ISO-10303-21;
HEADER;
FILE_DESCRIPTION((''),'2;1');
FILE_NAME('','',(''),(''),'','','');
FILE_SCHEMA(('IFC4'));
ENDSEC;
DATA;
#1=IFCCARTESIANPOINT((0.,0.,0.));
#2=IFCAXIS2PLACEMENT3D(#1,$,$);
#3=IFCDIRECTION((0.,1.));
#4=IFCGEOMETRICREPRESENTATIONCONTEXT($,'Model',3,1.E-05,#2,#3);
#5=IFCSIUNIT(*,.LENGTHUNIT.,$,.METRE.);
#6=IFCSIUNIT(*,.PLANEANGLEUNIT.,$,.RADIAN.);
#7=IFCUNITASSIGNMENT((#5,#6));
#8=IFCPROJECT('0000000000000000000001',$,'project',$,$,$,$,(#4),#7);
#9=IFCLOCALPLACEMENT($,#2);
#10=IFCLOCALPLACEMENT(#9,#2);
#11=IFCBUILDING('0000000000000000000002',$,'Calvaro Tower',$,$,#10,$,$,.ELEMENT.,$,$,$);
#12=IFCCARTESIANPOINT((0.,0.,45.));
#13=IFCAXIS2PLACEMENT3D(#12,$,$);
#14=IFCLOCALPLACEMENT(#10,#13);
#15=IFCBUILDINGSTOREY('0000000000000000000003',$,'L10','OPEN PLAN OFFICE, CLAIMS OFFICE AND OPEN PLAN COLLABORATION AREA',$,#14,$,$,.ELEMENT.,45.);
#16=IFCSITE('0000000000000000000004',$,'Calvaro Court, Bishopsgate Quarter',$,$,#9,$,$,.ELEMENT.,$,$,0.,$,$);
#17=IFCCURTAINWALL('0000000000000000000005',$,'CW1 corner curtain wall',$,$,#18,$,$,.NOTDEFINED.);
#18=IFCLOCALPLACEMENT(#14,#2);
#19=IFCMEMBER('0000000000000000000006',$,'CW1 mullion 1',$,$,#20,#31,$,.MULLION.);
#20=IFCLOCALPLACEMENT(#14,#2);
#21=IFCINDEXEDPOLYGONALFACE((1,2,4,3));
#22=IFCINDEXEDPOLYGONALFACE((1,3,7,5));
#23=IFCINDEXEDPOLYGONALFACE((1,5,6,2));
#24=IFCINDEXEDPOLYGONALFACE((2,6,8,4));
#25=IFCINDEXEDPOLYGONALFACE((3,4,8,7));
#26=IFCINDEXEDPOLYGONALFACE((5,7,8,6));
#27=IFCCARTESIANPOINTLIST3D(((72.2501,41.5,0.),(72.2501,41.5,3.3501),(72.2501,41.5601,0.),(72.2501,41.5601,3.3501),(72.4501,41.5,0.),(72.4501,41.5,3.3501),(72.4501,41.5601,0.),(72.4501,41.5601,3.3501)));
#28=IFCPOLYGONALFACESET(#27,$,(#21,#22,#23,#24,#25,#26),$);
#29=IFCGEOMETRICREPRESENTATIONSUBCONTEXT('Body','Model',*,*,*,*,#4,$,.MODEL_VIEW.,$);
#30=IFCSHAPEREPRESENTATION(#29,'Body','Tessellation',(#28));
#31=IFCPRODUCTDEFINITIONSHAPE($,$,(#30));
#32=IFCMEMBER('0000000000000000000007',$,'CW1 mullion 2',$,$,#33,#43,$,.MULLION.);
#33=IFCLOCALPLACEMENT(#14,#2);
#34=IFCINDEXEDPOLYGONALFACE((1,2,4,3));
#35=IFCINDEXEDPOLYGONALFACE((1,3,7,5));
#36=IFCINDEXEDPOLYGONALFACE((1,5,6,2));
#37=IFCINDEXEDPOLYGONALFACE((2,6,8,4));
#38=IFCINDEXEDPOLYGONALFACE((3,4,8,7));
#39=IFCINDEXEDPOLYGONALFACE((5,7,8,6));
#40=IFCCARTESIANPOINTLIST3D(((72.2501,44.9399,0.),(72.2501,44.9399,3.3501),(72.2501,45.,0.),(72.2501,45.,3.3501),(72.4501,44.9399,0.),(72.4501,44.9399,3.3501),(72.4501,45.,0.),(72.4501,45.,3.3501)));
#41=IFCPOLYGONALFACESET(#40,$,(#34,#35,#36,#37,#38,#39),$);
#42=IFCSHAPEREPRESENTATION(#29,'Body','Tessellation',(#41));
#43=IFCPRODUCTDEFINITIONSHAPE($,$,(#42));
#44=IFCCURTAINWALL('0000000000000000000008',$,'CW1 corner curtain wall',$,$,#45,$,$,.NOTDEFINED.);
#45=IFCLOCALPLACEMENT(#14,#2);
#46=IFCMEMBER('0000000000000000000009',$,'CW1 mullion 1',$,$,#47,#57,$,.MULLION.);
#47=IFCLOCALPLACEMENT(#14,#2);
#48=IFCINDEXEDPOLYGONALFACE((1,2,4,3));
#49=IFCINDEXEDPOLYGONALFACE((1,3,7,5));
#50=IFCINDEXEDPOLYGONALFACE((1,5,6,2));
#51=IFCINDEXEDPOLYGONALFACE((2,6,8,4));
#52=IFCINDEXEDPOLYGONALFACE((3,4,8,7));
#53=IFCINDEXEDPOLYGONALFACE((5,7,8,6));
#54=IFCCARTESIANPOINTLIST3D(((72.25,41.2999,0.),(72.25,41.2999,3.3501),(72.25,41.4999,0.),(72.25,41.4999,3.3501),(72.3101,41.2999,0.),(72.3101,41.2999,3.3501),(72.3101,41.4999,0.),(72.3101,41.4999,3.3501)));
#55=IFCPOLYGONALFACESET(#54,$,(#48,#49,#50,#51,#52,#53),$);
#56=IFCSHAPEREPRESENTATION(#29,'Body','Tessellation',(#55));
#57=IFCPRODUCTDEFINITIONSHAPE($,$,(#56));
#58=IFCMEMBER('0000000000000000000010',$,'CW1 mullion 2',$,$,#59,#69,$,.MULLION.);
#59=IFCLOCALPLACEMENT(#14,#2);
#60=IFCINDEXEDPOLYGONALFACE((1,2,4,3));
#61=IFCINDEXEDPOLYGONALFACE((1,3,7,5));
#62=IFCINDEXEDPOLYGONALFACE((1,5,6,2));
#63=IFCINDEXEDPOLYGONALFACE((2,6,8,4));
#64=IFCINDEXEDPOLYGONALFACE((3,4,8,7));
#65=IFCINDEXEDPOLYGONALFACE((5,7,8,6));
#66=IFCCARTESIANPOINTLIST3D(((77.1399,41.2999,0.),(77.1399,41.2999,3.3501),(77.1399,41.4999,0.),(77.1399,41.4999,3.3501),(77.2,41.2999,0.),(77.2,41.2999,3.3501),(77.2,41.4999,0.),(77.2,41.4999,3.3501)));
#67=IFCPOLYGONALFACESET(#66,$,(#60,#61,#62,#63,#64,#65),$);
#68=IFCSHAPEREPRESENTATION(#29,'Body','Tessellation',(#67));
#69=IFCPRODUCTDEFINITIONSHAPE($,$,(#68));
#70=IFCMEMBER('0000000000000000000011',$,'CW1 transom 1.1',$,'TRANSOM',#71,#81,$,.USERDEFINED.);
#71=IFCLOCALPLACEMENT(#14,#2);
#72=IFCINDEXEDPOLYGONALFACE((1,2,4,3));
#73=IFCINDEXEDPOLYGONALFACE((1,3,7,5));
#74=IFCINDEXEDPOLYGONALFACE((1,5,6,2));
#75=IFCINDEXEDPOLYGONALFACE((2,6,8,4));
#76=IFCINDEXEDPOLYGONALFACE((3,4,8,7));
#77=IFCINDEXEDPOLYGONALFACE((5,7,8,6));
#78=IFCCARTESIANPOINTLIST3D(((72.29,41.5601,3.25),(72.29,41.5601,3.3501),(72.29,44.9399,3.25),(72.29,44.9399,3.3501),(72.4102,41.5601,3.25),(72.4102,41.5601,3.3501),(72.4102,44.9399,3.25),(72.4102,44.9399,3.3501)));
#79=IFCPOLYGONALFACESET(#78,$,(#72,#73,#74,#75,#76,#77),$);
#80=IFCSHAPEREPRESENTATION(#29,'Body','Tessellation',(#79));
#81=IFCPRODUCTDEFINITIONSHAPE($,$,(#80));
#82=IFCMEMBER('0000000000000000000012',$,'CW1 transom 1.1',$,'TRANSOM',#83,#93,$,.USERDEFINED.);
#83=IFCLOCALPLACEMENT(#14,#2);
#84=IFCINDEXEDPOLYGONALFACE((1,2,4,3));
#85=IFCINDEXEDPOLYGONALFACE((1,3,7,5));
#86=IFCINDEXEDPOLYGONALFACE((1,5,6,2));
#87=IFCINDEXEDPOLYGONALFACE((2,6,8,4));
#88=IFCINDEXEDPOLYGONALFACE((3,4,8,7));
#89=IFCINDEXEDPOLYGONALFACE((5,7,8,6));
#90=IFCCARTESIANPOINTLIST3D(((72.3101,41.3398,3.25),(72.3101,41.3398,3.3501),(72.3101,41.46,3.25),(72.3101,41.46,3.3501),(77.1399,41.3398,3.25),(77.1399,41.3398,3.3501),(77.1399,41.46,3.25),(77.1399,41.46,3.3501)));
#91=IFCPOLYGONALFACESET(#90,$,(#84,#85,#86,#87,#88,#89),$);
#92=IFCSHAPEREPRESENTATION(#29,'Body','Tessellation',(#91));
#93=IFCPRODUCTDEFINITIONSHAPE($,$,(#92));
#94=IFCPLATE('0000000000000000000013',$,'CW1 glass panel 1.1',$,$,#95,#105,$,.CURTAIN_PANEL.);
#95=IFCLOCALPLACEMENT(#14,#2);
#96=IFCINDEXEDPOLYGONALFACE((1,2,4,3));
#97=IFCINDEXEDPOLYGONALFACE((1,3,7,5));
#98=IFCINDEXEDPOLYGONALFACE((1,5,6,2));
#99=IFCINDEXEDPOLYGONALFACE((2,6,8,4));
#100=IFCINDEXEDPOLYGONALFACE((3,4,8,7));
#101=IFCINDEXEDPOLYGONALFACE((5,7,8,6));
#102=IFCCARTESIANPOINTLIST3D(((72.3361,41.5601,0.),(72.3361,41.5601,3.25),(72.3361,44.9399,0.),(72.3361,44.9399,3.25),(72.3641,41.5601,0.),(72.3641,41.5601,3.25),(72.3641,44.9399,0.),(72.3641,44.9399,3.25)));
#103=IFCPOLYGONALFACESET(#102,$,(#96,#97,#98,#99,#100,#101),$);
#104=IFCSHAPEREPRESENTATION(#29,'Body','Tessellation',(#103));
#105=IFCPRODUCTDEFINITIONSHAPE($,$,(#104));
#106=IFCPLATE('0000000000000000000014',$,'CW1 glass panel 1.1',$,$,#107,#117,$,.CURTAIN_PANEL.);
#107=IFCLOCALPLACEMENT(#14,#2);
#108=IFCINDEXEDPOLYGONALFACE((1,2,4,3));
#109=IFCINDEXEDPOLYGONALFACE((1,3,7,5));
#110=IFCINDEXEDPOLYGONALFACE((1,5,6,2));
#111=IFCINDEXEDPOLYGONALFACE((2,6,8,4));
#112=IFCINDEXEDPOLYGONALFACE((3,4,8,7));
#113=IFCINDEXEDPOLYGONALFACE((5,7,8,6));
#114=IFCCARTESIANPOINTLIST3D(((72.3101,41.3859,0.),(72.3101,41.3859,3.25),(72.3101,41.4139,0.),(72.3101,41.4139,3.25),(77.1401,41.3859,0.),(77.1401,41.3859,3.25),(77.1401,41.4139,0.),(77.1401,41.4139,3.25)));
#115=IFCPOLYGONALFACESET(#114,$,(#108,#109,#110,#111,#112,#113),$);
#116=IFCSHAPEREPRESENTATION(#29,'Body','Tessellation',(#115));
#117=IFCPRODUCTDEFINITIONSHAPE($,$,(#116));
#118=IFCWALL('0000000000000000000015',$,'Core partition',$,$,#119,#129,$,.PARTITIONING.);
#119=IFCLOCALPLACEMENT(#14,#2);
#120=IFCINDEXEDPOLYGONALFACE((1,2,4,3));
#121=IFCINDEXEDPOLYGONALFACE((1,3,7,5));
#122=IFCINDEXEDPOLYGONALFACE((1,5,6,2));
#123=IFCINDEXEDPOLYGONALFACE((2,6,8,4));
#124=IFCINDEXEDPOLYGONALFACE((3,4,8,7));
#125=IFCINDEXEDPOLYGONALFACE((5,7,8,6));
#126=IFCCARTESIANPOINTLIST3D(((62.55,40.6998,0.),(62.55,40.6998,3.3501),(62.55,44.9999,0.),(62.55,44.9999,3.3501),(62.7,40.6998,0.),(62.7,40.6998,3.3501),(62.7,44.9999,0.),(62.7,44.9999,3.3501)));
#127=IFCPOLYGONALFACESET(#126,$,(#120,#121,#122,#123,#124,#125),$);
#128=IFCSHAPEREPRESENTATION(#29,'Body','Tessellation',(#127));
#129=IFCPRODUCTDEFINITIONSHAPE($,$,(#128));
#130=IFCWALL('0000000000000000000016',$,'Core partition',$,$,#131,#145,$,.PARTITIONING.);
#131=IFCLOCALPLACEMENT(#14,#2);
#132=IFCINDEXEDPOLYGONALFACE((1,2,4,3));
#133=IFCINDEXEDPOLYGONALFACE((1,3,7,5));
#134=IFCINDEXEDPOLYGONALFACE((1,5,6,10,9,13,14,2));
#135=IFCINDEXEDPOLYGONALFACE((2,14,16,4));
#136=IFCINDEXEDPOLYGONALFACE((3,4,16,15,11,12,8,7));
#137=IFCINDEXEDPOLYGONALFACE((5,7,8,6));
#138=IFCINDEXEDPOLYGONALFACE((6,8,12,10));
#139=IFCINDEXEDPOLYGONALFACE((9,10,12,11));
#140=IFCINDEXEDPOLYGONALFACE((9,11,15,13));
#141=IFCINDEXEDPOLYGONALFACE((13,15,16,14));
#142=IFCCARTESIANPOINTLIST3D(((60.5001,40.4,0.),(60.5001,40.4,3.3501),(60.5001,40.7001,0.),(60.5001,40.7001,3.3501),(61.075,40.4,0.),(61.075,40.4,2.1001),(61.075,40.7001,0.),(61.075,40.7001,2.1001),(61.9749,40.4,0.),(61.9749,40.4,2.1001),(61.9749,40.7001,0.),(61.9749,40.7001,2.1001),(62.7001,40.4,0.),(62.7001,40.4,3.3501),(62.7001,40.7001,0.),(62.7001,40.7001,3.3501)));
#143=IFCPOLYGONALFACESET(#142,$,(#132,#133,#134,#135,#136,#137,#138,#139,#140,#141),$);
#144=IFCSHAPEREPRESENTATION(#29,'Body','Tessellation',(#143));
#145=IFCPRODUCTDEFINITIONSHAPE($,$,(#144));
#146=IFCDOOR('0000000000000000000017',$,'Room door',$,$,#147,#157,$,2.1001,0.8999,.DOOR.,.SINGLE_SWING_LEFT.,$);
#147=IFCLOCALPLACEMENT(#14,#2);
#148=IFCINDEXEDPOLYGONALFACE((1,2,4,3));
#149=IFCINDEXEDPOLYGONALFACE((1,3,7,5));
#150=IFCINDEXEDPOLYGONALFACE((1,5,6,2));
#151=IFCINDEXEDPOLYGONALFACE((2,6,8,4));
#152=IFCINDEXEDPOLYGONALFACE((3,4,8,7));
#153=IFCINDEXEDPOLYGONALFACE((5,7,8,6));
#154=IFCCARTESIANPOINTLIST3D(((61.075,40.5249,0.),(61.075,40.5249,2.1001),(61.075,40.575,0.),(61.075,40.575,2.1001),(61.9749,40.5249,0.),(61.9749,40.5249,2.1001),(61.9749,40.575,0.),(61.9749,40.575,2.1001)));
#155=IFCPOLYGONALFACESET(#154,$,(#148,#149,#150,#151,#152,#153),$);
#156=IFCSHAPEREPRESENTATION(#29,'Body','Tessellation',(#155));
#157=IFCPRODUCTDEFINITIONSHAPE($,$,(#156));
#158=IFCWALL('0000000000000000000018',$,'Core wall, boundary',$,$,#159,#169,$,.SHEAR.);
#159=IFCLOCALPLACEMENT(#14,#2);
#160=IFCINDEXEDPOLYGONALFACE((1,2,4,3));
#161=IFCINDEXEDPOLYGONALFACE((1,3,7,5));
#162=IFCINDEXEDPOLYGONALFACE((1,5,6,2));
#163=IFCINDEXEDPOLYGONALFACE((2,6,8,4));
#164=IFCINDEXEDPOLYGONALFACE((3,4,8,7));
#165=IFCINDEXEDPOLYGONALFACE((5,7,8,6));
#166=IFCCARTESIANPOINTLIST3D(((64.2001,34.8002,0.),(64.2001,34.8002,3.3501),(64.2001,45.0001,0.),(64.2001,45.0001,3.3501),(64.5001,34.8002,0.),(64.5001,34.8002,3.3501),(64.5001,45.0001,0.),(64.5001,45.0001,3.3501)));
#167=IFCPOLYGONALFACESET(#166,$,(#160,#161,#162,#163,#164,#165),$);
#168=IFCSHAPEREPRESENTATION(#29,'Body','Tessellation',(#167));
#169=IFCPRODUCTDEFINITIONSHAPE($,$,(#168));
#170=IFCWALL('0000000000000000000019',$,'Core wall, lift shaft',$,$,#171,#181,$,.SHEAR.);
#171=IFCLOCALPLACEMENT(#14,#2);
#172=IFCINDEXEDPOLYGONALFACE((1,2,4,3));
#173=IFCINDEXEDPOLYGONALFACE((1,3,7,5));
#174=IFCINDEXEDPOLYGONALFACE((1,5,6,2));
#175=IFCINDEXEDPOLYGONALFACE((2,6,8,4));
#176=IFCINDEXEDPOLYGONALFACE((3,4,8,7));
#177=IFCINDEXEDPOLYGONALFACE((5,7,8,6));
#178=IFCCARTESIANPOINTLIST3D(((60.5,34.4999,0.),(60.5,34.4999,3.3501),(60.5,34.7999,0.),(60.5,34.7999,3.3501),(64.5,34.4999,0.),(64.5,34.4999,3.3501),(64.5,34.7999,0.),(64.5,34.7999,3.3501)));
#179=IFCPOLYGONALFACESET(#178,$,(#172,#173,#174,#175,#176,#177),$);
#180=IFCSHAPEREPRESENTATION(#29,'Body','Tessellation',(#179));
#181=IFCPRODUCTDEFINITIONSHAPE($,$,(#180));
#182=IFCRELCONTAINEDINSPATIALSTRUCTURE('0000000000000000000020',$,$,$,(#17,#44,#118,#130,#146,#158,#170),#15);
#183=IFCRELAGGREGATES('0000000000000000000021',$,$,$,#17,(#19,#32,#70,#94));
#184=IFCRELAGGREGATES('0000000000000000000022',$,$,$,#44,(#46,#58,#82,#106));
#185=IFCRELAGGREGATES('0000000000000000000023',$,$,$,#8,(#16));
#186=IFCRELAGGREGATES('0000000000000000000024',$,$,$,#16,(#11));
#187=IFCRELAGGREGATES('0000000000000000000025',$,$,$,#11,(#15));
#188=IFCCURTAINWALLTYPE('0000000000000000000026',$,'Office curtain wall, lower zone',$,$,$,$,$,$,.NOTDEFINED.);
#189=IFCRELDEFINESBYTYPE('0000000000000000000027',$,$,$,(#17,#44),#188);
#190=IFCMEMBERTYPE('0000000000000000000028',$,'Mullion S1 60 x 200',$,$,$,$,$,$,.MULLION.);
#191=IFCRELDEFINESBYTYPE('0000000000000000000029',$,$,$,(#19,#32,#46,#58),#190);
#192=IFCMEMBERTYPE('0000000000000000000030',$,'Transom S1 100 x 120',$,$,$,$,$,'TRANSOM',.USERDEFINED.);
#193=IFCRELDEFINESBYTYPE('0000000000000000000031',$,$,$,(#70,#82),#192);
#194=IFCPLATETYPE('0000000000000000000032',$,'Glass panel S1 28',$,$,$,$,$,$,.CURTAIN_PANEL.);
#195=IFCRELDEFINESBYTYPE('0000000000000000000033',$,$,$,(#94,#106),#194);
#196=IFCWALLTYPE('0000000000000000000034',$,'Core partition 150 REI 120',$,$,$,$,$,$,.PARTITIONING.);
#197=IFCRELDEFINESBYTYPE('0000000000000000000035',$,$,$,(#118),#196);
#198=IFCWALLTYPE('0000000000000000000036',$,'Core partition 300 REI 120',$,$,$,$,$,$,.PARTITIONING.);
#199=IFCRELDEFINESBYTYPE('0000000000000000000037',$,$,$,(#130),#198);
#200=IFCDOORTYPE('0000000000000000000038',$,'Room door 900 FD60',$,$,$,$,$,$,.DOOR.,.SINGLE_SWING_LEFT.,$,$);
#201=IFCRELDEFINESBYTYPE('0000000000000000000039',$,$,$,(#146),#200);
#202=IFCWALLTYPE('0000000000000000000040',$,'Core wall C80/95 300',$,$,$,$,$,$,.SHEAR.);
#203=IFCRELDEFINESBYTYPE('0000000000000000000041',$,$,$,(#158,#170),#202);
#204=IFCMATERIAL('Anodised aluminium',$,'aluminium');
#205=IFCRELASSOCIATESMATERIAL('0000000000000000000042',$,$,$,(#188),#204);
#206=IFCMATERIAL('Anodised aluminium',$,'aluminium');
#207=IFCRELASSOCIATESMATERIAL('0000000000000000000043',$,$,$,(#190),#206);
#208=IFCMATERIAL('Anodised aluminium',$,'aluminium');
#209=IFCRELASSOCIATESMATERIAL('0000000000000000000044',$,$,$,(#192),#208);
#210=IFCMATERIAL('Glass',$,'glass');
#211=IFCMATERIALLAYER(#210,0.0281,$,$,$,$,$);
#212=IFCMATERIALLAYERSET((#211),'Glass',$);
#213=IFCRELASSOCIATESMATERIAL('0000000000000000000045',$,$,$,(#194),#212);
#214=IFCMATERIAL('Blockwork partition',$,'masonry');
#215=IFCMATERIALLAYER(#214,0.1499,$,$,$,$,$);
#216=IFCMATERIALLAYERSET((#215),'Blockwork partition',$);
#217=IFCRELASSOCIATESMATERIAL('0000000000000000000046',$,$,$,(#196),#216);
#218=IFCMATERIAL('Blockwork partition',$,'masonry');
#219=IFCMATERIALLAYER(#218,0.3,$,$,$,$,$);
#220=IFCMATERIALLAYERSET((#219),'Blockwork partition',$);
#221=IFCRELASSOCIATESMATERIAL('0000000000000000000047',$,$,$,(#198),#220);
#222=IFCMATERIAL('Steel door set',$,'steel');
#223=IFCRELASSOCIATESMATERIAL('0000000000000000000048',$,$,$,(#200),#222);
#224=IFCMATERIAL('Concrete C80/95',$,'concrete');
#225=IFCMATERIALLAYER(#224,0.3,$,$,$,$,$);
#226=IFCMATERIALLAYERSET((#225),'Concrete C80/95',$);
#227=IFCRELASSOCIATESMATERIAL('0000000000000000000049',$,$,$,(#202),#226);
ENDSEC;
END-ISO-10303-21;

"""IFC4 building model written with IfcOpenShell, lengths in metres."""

from ifc_helpers import new_model, si_unit, direction, frame, frame_2d, origin, origin_2d, place, context, subcontext, project, spatial, rectangle, extrude, material, layer, layer_set, material_profile, profile_set, type_object, element, fill, aggregate, save


model = new_model("IFC4")

# Units and contexts
model_context = context("Model", 3, precision=1e-05, world=origin(), true_north=direction((0.0, 1.0)))
body_context = subcontext(model_context, "Body", "Model", "MODEL_VIEW")
ifc_project = project(units=[si_unit("LENGTHUNIT", "METRE"), si_unit("PLANEANGLEUNIT", "RADIAN")], contexts=[model_context])

# Site, building, storey
site_placement = place(None, origin())
site = spatial("IfcSite", under=ifc_project, at=site_placement, Name="Calvaro Court, Bishopsgate Quarter", CompositionType="ELEMENT", RefElevation=0.0)
building_placement = place(site_placement, origin())
building = spatial("IfcBuilding", under=site, at=building_placement, Name="Calvaro Tower", CompositionType="ELEMENT")
storey_placement = place(building_placement, frame((0.0, 0.0, 45.0)))
storey = spatial("IfcBuildingStorey", under=building, at=storey_placement, Name="L10", Description="OPEN PLAN OFFICE, CLAIMS OFFICE AND OPEN PLAN COLLABORATION AREA", CompositionType="ELEMENT", Elevation=45.0)

# Curtain walls, members
ifc_material_1 = material(Name="Anodised aluminium", Category="aluminium")
curtain_wall_type = type_object("IfcCurtainWallType", Name="Office curtain wall, lower zone", PredefinedType="NOTDEFINED", material=ifc_material_1)
curtain_wall_1_placement = place(storey_placement, origin())
curtain_wall_1 = element("IfcCurtainWall", 1, at=curtain_wall_1_placement, inside=storey, type_object=curtain_wall_type, Name="CW1 corner curtain wall", PredefinedType="NOTDEFINED")
ifc_material_2 = material(Name="Anodised aluminium", Category="aluminium")
ifc_material_profile_1 = material_profile(ifc_material_2, rectangle(XDim=0.2, YDim=0.0601, at=origin_2d()), Name="Mullion S1 60 x 200")
ifc_profile_set_1 = profile_set([ifc_material_profile_1], Name="Anodised aluminium")
member_type_1 = type_object("IfcMemberType", Name="Mullion S1 60 x 200", PredefinedType="MULLION", material=ifc_profile_set_1)
member_1_placement = place(storey_placement, frame((72.3501, 41.53, 0.0), z_axis=(0.0, 0.0, 1.0), x_axis=(-1.0, 0.0, 0.0)))
member_1 = element("IfcMember", 2, at=member_1_placement, type_object=member_type_1, Name="CW1 mullion 1", PredefinedType="MULLION", context=body_context, shape_type="SweptSolid", body=[
    extrude(rectangle(XDim=0.2, YDim=0.0601, at=origin_2d()), origin(), (0.0, 0.0, 1.0), 3.3501),
])
member_2_placement = place(storey_placement, frame((72.3501, 44.97, 0.0), z_axis=(0.0, 0.0, 1.0), x_axis=(-1.0, 0.0, 0.0)))
member_2 = element("IfcMember", 3, at=member_2_placement, type_object=member_type_1, Name="CW1 mullion 2", PredefinedType="MULLION", context=body_context, shape_type="SweptSolid", body=[
    extrude(rectangle(XDim=0.2, YDim=0.0601, at=origin_2d()), origin(), (0.0, 0.0, 1.0), 3.3501),
])
curtain_wall_2_placement = place(storey_placement, origin())
curtain_wall_2 = element("IfcCurtainWall", 4, at=curtain_wall_2_placement, inside=storey, type_object=curtain_wall_type, Name="CW1 corner curtain wall", PredefinedType="NOTDEFINED")
member_3_placement = place(storey_placement, frame((72.28, 41.3999, 0.0), z_axis=(0.0, 0.0, 1.0), x_axis=(0.0, 1.0, 0.0)))
member_3 = element("IfcMember", 5, at=member_3_placement, type_object=member_type_1, Name="CW1 mullion 1", PredefinedType="MULLION", context=body_context, shape_type="SweptSolid", body=[
    extrude(rectangle(XDim=0.2, YDim=0.0601, at=origin_2d()), origin(), (0.0, 0.0, 1.0), 3.3501),
])
member_4_placement = place(storey_placement, frame((77.1699, 41.3999, 0.0), z_axis=(0.0, 0.0, 1.0), x_axis=(0.0, 1.0, 0.0)))
member_4 = element("IfcMember", 6, at=member_4_placement, type_object=member_type_1, Name="CW1 mullion 2", PredefinedType="MULLION", context=body_context, shape_type="SweptSolid", body=[
    extrude(rectangle(XDim=0.2, YDim=0.0601, at=origin_2d()), origin(), (0.0, 0.0, 1.0), 3.3501),
])

# Members
ifc_material_3 = material(Name="Anodised aluminium", Category="aluminium")
ifc_material_profile_2 = material_profile(ifc_material_3, rectangle(XDim=0.1201, YDim=0.1001, at=origin_2d()), Name="Transom S1 100 x 120")
ifc_profile_set_2 = profile_set([ifc_material_profile_2], Name="Anodised aluminium")
member_type_2 = type_object("IfcMemberType", Name="Transom S1 100 x 120", ElementType="TRANSOM", PredefinedType="USERDEFINED", material=ifc_profile_set_2)
member_5_placement = place(storey_placement, frame((72.3501, 41.5601, 3.3), z_axis=(0.0, 1.0, 0.0), x_axis=(-1.0, 0.0, 0.0)))
member_5 = element("IfcMember", 7, at=member_5_placement, type_object=member_type_2, Name="CW1 transom 1.1", ObjectType="TRANSOM", PredefinedType="USERDEFINED", context=body_context, shape_type="SweptSolid", body=[
    extrude(rectangle(XDim=0.1201, YDim=0.1001, at=origin_2d()), origin(), (0.0, 0.0, 1.0), 3.3799),
])
member_6_placement = place(storey_placement, frame((72.3101, 41.3999, 3.3), z_axis=(1.0, 0.0, 0.0), x_axis=(0.0, 1.0, 0.0)))
member_6 = element("IfcMember", 8, at=member_6_placement, type_object=member_type_2, Name="CW1 transom 1.1", ObjectType="TRANSOM", PredefinedType="USERDEFINED", context=body_context, shape_type="SweptSolid", body=[
    extrude(rectangle(XDim=0.1201, YDim=0.1001, at=origin_2d()), origin(), (0.0, 0.0, 1.0), 4.8298),
])

# Plates
ifc_material_4 = material(Name="Glass", Category="glass")
ifc_layer_1 = layer(ifc_material_4, 0.0281)
ifc_layer_set_1 = layer_set([ifc_layer_1], Name="Glass")
plate_type = type_object("IfcPlateType", Name="Glass panel S1 28", PredefinedType="CURTAIN_PANEL", material=ifc_layer_set_1)
plate_1_placement = place(storey_placement, frame((72.3501, 43.25, 0.0), z_axis=(0.0, 0.0, 1.0), x_axis=(0.0, 1.0, 0.0)))
plate_1 = element("IfcPlate", 9, at=plate_1_placement, type_object=plate_type, Name="CW1 glass panel 1.1", PredefinedType="CURTAIN_PANEL", context=body_context, shape_type="SweptSolid", body=[
    extrude(rectangle(XDim=3.3799, YDim=0.0281, at=origin_2d()), origin(), (0.0, 0.0, 1.0), 3.25),
])
aggregate(curtain_wall_1, [member_1, member_2, member_5, plate_1])
plate_2_placement = place(storey_placement, frame((74.7251, 41.3999, 0.0), z_axis=(0.0, 0.0, 1.0), x_axis=(1.0, 0.0, 0.0)))
plate_2 = element("IfcPlate", 10, at=plate_2_placement, type_object=plate_type, Name="CW1 glass panel 1.1", PredefinedType="CURTAIN_PANEL", context=body_context, shape_type="SweptSolid", body=[
    extrude(rectangle(XDim=4.8301, YDim=0.0281, at=origin_2d()), origin(), (0.0, 0.0, 1.0), 3.25),
])
aggregate(curtain_wall_2, [member_3, member_4, member_6, plate_2])

# Wall
ifc_material_5 = material(Name="Blockwork partition", Category="masonry")
ifc_layer_2 = layer(ifc_material_5, 0.1499)
ifc_layer_set_2 = layer_set([ifc_layer_2], Name="Blockwork partition")
wall_type_1 = type_object("IfcWallType", Name="Core partition 150 REI 120", PredefinedType="PARTITIONING", material=ifc_layer_set_2)
wall_1_placement = place(storey_placement, frame((62.625, 40.7, 0.0), z_axis=(0.0, 0.0, 1.0), x_axis=(0.0, 1.0, 0.0)))
element("IfcWall", 11, at=wall_1_placement, inside=storey, type_object=wall_type_1, Name="Core partition", PredefinedType="PARTITIONING", context=body_context, shape_type="SweptSolid", body=[
    extrude(rectangle(XDim=4.3, YDim=0.1499, at=frame_2d((2.1499, 0.0))), origin(), (0.0, 0.0, 1.0), 3.3501),
])

# Wall, opening, door
ifc_material_6 = material(Name="Blockwork partition", Category="masonry")
ifc_layer_3 = layer(ifc_material_6, 0.3)
ifc_layer_set_3 = layer_set([ifc_layer_3], Name="Blockwork partition")
wall_type_2 = type_object("IfcWallType", Name="Core partition 300 REI 120", PredefinedType="PARTITIONING", material=ifc_layer_set_3)
wall_2_placement = place(storey_placement, frame((60.5, 40.55, 0.0), z_axis=(0.0, 0.0, 1.0), x_axis=(1.0, 0.0, 0.0)))
wall_2 = element("IfcWall", 12, at=wall_2_placement, inside=storey, type_object=wall_type_2, Name="Core partition", PredefinedType="PARTITIONING", context=body_context, shape_type="SweptSolid", body=[
    extrude(rectangle(XDim=2.2, YDim=0.3, at=frame_2d((1.1001, 0.0))), origin(), (0.0, 0.0, 1.0), 3.3501),
])
opening_1_placement = place(wall_2_placement, frame((0.575, 0.0, 0.0)))
opening_1 = element("IfcOpeningElement", 13, at=opening_1_placement, cuts=wall_2, PredefinedType="OPENING", context=body_context, shape_type="SweptSolid", body=[
    extrude(rectangle(XDim=0.8999, YDim=2.1001, at=frame_2d((0.45, 1.05))), frame((0.0, 0.1599, 0.0), z_axis=(0.0, -1.0, 0.0), x_axis=(1.0, 0.0, 0.0)), (0.0, 0.0, 1.0), 0.3201),
])
ifc_material_7 = material(Name="Steel door set", Category="steel")
door_type_1 = type_object("IfcDoorType", Name="Room door 900 FD60", OperationType="SINGLE_SWING_LEFT", PredefinedType="DOOR", material=ifc_material_7)
door_1_placement = place(opening_1_placement, origin())
door_1 = element("IfcDoor", 14, at=door_1_placement, inside=storey, type_object=door_type_1, Name="Room door", OperationType="SINGLE_SWING_LEFT", OverallHeight=2.1001, OverallWidth=0.8999, PredefinedType="DOOR", context=body_context, shape_type="SweptSolid", body=[
    extrude(rectangle(XDim=0.8999, YDim=2.1001, at=frame_2d((0.45, 1.05))), frame((0.0, 0.0249, 0.0), z_axis=(0.0, -1.0, 0.0), x_axis=(1.0, 0.0, 0.0)), (0.0, 0.0, 1.0), 0.05),
])
fill(opening_1, door_1)

# Walls
ifc_material_8 = material(Name="Concrete C80/95", Category="concrete")
ifc_layer_4 = layer(ifc_material_8, 0.3)
ifc_layer_set_4 = layer_set([ifc_layer_4], Name="Concrete C80/95")
wall_type_3 = type_object("IfcWallType", Name="Core wall C80/95 300", PredefinedType="SHEAR", material=ifc_layer_set_4)
wall_3_placement = place(storey_placement, frame((64.3501, 34.8, 0.0), z_axis=(0.0, 0.0, 1.0), x_axis=(0.0, 1.0, 0.0)))
element("IfcWall", 15, at=wall_3_placement, inside=storey, type_object=wall_type_3, Name="Core wall, boundary", PredefinedType="SHEAR", context=body_context, shape_type="SweptSolid", body=[
    extrude(rectangle(XDim=10.2, YDim=0.3, at=frame_2d((5.1001, 0.0))), origin(), (0.0, 0.0, 1.0), 3.3501),
])
wall_4_placement = place(storey_placement, frame((60.5, 34.6499, 0.0), z_axis=(0.0, 0.0, 1.0), x_axis=(1.0, 0.0, 0.0)))
element("IfcWall", 16, at=wall_4_placement, inside=storey, type_object=wall_type_3, Name="Core wall, lift shaft", PredefinedType="SHEAR", context=body_context, shape_type="SweptSolid", body=[
    extrude(rectangle(XDim=4.0, YDim=0.3, at=frame_2d((2.0, 0.0))), origin(), (0.0, 0.0, 1.0), 3.3501),
])

save(model, "model.ifc")
